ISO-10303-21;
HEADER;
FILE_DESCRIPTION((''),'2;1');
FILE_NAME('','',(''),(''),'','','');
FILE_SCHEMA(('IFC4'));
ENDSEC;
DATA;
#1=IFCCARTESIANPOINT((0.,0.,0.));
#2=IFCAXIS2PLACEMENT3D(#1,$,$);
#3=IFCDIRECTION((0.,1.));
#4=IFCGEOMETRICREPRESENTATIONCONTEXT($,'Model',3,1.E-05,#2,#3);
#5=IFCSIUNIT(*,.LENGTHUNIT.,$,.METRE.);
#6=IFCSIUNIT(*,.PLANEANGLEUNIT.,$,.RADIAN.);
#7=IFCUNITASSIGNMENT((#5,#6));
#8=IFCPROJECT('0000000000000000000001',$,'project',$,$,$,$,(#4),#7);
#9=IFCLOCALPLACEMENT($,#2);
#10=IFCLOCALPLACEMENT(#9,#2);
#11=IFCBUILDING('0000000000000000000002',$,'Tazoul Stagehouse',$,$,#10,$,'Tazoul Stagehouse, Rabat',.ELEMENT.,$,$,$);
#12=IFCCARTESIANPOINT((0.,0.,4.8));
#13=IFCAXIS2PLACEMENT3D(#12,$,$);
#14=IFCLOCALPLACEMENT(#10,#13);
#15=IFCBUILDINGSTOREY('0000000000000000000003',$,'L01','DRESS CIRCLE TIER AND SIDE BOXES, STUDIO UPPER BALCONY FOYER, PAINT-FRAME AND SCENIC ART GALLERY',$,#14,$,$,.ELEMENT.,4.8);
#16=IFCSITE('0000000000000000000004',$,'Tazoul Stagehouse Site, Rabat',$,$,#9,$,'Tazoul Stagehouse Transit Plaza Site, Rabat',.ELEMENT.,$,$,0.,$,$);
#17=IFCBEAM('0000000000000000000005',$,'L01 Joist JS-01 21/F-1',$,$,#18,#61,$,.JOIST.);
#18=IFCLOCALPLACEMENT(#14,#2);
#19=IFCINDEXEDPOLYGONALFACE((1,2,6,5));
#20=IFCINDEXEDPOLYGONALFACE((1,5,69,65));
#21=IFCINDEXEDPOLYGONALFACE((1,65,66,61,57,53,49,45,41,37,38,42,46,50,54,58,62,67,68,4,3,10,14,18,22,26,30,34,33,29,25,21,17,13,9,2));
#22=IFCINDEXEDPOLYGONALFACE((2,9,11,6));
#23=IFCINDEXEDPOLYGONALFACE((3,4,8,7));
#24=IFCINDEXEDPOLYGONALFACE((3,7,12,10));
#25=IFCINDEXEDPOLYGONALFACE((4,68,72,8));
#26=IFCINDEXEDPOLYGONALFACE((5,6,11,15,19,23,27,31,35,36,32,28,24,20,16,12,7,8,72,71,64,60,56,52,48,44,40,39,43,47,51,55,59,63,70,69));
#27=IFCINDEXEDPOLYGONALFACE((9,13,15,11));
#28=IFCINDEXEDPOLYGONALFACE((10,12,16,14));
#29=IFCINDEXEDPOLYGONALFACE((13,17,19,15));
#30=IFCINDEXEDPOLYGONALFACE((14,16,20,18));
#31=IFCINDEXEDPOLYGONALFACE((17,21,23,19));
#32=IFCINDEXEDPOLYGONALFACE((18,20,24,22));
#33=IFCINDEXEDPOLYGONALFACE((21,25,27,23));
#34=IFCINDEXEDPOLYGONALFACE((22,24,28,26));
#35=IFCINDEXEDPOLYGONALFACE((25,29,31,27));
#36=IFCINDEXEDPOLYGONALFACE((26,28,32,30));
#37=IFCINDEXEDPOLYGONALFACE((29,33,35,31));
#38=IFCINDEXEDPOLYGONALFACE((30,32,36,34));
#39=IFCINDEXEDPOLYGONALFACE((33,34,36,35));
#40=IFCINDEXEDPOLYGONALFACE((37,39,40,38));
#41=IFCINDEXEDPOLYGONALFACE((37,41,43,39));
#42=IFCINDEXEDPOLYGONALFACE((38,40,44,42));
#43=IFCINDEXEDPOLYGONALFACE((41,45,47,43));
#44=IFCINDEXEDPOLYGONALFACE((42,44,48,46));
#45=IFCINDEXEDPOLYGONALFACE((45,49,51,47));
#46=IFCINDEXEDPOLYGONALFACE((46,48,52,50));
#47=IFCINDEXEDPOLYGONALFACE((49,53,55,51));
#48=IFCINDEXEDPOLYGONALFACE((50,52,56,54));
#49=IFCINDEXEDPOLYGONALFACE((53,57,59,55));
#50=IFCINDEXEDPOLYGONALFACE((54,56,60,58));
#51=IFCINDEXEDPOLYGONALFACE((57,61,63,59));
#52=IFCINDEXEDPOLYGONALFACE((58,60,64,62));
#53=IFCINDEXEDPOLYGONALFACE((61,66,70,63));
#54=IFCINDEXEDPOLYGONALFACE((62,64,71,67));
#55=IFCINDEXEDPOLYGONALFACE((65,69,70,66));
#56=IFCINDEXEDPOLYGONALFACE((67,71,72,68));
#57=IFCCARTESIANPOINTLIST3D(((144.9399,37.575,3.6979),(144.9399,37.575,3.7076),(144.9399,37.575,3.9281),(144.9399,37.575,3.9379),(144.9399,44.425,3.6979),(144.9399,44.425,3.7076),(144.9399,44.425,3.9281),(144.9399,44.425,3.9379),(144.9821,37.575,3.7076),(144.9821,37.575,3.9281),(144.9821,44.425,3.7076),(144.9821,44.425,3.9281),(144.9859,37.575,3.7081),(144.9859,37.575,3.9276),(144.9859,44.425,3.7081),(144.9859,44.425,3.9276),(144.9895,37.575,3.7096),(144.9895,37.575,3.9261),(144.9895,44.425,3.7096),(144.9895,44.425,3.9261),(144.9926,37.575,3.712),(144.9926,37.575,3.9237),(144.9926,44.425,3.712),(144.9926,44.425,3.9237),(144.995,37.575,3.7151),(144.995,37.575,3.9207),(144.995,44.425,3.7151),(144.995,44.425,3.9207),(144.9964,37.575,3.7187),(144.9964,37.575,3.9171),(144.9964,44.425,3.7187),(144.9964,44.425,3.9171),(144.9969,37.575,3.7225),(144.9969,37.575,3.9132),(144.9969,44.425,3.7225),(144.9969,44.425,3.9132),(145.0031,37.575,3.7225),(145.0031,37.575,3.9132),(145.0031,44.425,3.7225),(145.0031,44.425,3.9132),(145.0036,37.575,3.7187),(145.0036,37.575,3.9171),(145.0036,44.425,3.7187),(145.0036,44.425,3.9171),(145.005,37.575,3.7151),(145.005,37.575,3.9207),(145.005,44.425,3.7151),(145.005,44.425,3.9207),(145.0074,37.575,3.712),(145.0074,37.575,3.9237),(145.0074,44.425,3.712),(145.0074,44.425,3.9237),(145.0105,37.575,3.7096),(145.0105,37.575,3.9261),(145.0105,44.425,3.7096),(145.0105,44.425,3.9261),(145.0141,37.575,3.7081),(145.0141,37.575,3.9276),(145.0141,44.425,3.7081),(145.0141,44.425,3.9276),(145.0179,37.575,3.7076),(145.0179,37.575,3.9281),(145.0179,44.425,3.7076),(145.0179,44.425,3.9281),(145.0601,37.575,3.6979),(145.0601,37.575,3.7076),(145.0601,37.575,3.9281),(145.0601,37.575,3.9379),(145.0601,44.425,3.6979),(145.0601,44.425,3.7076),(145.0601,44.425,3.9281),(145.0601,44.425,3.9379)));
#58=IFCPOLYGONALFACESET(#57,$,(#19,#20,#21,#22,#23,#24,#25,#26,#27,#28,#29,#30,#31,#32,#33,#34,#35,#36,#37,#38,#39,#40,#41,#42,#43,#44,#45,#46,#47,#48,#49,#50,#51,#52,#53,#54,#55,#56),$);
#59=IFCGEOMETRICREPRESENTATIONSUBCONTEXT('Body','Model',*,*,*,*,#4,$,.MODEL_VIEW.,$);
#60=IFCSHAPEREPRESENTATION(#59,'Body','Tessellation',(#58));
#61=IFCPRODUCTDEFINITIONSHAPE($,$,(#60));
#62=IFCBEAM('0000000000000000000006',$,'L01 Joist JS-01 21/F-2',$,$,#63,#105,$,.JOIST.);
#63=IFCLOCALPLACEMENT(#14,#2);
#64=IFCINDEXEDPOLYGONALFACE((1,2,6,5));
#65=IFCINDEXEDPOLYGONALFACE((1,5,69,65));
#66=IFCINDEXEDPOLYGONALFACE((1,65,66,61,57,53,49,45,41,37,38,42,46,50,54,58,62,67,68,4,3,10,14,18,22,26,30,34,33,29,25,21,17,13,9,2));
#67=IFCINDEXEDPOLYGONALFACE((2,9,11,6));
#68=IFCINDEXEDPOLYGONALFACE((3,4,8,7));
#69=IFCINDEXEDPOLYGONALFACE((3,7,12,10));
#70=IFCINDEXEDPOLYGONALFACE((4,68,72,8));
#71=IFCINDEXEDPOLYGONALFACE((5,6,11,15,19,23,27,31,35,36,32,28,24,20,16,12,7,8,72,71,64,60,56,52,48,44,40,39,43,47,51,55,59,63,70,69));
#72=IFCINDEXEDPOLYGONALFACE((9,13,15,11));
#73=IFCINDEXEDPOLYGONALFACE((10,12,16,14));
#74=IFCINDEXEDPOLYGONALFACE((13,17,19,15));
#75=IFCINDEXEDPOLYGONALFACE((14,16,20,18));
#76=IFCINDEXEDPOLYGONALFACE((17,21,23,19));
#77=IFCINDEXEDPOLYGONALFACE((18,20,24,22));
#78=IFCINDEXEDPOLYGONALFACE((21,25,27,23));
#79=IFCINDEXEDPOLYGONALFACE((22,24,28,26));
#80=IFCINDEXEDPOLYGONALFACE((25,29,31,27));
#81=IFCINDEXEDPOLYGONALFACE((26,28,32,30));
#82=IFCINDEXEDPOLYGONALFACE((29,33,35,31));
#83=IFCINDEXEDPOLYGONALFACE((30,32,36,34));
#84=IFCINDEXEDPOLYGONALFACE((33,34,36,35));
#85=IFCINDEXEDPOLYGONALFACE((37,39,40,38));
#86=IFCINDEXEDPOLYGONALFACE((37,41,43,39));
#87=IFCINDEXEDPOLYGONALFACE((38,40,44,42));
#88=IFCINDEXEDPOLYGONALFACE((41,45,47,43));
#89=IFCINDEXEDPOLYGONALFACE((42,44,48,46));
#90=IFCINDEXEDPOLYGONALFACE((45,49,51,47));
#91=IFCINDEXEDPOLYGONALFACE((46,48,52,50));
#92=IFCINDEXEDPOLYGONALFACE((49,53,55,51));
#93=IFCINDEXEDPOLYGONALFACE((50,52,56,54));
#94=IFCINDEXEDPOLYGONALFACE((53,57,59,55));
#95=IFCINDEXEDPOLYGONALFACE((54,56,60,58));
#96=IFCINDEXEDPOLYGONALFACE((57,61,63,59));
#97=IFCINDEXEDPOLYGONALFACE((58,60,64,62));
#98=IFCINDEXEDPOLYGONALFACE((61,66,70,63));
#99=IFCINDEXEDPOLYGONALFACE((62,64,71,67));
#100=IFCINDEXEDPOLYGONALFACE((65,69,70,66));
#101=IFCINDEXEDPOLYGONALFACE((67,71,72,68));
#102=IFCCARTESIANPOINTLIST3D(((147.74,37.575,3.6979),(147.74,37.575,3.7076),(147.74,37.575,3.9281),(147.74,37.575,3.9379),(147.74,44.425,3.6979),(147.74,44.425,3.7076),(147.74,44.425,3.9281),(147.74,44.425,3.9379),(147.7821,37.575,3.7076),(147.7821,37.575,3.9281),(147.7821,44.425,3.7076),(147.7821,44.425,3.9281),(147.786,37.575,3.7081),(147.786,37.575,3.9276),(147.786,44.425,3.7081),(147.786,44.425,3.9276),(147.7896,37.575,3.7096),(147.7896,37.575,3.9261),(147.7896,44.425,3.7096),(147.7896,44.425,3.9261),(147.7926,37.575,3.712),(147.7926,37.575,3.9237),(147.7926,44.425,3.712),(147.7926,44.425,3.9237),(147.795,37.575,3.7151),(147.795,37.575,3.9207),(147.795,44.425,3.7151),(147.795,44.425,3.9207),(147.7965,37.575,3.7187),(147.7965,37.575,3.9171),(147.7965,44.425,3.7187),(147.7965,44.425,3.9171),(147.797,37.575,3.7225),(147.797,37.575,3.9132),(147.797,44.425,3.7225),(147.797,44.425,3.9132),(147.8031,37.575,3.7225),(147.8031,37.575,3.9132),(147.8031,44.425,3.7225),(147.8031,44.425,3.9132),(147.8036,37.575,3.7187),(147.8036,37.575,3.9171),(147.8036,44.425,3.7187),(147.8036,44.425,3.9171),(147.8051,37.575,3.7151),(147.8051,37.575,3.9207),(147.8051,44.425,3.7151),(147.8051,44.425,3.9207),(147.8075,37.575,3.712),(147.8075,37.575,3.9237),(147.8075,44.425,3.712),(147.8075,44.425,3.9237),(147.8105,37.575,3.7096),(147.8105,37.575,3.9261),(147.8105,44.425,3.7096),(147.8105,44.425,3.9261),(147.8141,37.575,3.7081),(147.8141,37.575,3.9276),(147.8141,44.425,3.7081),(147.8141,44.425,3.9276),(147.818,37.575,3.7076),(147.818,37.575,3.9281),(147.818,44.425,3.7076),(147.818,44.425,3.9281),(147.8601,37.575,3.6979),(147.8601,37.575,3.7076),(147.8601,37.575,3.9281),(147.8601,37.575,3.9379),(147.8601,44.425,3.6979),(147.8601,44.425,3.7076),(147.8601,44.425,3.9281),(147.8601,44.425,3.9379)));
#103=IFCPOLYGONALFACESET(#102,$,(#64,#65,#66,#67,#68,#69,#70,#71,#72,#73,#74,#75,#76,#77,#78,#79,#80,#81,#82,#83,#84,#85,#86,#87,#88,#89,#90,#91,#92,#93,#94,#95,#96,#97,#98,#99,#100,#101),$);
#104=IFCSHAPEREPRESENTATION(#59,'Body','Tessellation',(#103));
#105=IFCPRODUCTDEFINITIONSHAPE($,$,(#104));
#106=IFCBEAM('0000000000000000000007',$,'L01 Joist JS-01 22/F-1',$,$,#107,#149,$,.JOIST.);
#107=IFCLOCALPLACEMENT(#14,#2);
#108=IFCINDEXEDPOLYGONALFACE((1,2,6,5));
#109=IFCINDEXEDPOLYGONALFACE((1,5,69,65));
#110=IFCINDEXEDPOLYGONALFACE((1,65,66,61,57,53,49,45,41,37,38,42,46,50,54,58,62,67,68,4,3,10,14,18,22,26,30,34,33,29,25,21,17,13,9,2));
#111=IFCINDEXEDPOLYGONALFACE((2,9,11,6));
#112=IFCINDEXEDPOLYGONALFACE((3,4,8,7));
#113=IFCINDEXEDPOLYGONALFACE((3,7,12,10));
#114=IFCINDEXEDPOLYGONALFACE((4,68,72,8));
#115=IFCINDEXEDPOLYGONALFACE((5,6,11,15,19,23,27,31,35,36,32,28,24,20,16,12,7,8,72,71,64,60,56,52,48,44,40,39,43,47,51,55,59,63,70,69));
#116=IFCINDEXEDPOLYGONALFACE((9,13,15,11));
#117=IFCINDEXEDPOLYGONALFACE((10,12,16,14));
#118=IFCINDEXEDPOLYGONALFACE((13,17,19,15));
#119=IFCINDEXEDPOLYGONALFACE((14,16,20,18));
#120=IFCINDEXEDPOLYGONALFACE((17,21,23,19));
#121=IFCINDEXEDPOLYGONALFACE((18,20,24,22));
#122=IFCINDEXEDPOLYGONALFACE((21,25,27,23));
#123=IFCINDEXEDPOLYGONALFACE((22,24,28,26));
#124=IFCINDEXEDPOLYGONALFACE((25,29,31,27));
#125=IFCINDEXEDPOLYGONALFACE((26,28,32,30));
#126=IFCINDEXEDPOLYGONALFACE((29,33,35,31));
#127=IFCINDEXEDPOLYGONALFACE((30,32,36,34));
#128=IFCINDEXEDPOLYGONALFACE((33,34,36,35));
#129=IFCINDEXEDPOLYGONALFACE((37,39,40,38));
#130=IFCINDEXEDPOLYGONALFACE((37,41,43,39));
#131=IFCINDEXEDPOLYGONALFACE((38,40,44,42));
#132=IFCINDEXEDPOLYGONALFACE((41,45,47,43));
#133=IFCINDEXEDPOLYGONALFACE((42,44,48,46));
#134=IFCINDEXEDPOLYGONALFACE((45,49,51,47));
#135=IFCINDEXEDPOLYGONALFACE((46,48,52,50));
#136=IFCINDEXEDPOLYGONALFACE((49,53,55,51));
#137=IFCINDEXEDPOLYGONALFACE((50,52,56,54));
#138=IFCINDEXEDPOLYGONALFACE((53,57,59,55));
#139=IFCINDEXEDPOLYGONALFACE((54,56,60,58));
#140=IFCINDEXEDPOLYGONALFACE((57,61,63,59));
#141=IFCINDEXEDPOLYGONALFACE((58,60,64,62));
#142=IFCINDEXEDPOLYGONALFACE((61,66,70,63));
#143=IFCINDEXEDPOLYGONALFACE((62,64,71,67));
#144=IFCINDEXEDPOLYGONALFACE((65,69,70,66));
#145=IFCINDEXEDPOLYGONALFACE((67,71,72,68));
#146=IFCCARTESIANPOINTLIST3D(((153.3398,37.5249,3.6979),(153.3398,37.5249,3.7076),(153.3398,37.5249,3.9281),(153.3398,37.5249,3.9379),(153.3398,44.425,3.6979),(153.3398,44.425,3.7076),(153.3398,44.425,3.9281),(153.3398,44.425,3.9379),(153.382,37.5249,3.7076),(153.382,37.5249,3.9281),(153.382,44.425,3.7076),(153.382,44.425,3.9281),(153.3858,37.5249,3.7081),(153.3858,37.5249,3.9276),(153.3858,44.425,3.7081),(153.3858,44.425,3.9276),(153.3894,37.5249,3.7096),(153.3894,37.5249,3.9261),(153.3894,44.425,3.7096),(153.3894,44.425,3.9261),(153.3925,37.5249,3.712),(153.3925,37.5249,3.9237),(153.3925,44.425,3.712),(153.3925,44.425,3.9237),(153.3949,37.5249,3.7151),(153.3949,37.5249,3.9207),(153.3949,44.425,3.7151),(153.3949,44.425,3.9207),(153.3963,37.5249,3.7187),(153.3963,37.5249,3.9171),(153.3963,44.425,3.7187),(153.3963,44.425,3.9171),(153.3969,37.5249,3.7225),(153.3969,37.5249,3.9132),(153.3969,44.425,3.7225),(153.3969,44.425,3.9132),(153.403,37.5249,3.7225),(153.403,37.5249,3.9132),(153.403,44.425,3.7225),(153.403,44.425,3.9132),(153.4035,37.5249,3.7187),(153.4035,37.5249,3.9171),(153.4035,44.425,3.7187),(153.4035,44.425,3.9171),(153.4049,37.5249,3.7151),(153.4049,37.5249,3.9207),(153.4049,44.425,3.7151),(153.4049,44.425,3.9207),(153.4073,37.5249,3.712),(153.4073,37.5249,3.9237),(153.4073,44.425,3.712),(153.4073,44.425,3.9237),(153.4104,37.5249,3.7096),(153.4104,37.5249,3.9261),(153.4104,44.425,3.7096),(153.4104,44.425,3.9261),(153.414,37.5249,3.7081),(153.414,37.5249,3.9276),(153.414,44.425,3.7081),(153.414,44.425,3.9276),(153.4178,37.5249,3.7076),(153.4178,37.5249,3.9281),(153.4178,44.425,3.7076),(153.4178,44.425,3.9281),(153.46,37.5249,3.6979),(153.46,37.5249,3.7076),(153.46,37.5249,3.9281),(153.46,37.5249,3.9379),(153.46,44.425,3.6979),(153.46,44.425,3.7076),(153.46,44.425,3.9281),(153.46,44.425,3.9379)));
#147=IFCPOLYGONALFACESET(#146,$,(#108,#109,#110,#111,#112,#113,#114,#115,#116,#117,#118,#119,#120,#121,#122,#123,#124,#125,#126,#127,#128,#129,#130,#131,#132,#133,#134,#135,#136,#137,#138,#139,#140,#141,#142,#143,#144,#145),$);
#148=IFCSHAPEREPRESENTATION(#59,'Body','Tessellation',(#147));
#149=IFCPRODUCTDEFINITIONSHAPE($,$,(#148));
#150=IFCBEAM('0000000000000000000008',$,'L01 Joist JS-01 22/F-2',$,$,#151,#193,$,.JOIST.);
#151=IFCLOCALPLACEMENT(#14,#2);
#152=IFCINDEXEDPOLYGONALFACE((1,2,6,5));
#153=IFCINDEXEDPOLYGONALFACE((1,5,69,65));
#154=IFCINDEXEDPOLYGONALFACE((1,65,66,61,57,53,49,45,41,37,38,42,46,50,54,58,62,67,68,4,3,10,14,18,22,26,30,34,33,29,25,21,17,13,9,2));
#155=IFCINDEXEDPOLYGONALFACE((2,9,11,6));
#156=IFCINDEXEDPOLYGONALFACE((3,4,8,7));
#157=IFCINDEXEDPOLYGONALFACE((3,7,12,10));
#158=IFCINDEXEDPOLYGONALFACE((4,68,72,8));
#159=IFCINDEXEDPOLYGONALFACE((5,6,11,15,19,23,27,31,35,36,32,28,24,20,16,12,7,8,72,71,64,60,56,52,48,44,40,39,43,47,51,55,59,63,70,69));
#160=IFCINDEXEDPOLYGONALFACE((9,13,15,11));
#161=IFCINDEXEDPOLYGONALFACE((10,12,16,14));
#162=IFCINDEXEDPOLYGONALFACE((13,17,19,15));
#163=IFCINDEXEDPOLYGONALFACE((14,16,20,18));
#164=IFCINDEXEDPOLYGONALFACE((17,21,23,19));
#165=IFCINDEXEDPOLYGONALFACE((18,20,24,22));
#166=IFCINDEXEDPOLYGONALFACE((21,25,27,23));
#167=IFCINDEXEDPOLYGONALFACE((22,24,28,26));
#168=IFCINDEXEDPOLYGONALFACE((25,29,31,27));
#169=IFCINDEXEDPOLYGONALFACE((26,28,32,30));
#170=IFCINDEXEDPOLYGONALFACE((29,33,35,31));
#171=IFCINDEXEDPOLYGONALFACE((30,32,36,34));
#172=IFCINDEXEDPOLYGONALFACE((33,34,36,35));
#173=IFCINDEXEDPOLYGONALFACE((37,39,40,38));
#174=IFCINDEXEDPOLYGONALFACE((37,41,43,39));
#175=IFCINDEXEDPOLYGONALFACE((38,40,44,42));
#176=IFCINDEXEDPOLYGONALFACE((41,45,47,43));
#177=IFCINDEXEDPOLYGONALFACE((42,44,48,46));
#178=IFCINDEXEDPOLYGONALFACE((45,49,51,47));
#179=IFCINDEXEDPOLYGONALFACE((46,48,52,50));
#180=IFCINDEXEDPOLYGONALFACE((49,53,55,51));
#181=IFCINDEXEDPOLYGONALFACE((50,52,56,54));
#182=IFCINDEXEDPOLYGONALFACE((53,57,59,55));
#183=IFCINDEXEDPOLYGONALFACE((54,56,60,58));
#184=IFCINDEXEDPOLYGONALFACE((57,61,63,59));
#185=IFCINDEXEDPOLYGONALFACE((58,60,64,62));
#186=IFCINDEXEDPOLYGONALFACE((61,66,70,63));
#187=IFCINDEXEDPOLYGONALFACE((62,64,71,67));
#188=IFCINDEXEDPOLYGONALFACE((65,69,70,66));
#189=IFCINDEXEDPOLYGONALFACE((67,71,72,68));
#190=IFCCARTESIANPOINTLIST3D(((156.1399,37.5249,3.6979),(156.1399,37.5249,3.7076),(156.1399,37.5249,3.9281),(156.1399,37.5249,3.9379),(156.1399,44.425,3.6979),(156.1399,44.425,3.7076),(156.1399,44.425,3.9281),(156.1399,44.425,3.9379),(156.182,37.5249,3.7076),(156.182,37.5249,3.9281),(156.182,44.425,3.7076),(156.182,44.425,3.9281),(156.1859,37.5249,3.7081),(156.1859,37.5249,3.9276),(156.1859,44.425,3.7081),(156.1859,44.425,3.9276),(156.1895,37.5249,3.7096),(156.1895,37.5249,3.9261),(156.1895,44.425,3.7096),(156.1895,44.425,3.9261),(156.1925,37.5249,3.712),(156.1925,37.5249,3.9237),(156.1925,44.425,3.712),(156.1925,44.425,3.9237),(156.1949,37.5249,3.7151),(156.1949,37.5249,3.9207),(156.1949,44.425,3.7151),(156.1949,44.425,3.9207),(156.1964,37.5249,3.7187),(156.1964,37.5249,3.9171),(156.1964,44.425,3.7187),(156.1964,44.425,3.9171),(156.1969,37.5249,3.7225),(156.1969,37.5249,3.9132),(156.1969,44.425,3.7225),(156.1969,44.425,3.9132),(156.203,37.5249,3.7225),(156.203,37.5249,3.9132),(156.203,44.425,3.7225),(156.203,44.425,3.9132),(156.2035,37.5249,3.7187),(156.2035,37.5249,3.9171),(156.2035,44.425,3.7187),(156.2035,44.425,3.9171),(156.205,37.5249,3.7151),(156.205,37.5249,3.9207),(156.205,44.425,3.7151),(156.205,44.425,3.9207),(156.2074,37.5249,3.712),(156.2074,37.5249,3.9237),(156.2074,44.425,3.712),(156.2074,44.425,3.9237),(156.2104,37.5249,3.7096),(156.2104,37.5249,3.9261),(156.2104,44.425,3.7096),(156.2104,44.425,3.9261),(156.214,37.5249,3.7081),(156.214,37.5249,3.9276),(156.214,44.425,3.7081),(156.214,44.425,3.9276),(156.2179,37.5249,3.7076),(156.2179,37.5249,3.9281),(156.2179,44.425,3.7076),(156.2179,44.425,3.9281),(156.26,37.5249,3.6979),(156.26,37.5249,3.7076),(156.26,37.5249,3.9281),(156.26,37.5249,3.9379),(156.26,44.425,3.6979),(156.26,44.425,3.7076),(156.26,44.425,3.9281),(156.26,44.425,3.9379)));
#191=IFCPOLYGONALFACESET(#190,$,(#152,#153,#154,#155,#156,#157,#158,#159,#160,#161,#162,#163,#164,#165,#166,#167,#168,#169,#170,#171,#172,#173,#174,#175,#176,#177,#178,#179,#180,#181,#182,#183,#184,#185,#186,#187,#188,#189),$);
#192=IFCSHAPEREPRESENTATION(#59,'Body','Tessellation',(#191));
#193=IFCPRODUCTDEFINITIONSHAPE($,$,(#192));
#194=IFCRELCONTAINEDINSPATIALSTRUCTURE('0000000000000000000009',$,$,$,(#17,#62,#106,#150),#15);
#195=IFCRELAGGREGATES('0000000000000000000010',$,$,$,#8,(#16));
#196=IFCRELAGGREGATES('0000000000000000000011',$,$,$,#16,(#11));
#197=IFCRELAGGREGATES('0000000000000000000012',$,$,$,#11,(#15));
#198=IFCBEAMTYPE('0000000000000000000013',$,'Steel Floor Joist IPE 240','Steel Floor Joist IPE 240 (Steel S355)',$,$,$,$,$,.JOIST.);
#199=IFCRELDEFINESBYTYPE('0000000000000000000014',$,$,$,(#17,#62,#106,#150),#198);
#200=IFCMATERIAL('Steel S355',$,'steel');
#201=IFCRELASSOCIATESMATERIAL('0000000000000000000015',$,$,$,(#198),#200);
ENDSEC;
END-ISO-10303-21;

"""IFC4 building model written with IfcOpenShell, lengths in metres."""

from ifc_helpers import new_model, si_unit, direction, frame, origin, origin_2d, place, context, subcontext, project, spatial, i_section, extrude, material, material_profile, profile_set, type_object, element, save


model = new_model("IFC4")

# Units and contexts
model_context = context("Model", 3, precision=1e-05, world=origin(), true_north=direction((0.0, 1.0)))
body_context = subcontext(model_context, "Body", "Model", "MODEL_VIEW")
ifc_project = project(units=[si_unit("LENGTHUNIT", "METRE"), si_unit("PLANEANGLEUNIT", "RADIAN")], contexts=[model_context])

# Site, building, storey
site_placement = place(None, origin())
site = spatial("IfcSite", under=ifc_project, at=site_placement, Name="Tazoul Stagehouse Site, Rabat", LongName="Tazoul Stagehouse Transit Plaza Site, Rabat", CompositionType="ELEMENT", RefElevation=0.0)
building_placement = place(site_placement, origin())
building = spatial("IfcBuilding", under=site, at=building_placement, Name="Tazoul Stagehouse", LongName="Tazoul Stagehouse, Rabat", CompositionType="ELEMENT")
storey_placement = place(building_placement, frame((0.0, 0.0, 4.8)))
storey = spatial("IfcBuildingStorey", under=building, at=storey_placement, Name="L01", Description="DRESS CIRCLE TIER AND SIDE BOXES, STUDIO UPPER BALCONY FOYER, PAINT-FRAME AND SCENIC ART GALLERY", CompositionType="ELEMENT", Elevation=4.8)

# Beams
ifc_material_1 = material(Name="Steel S355", Category="steel")
ifc_material_profile_1 = material_profile(ifc_material_1, i_section(OverallWidth=0.1201, OverallDepth=0.24, WebThickness=0.0061, FlangeThickness=0.0098, FilletRadius=0.0149, at=origin_2d()), Name="IPE 240")
ifc_profile_set_1 = profile_set([ifc_material_profile_1], Name="Steel S355")
beam_type_1 = type_object("IfcBeamType", Name="Steel Floor Joist IPE 240", Description="Steel Floor Joist IPE 240 (Steel S355)", PredefinedType="JOIST", material=ifc_profile_set_1)
for number, where, z_axis, x_axis, name in (
    (1, (145.0, 37.575, 3.8179), (0.0, 1.0, 0.0), (-1.0, 0.0, 0.0), "L01 Joist JS-01 21/F-1"),
    (2, (147.8, 37.575, 3.8179), (0.0, 1.0, 0.0), (-1.0, 0.0, 0.0), "L01 Joist JS-01 21/F-2"),
):
    element("IfcBeam", number, at=place(storey_placement, frame(where, z_axis=z_axis, x_axis=x_axis)), inside=storey, type_object=beam_type_1, Name=name, PredefinedType="JOIST", context=body_context, shape_type="SweptSolid", body=[
        extrude(i_section(OverallWidth=0.1201, OverallDepth=0.24, WebThickness=0.0061, FlangeThickness=0.0098, FilletRadius=0.0149, at=origin_2d()), origin(), (0.0, 0.0, 1.0), 6.8501),
    ])
for number, where, z_axis, x_axis, name in (
    (3, (153.3999, 37.5249, 3.8179), (0.0, 1.0, 0.0), (-1.0, 0.0, 0.0), "L01 Joist JS-01 22/F-1"),
    (4, (156.2, 37.5249, 3.8179), (0.0, 1.0, 0.0), (-1.0, 0.0, 0.0), "L01 Joist JS-01 22/F-2"),
):
    element("IfcBeam", number, at=place(storey_placement, frame(where, z_axis=z_axis, x_axis=x_axis)), inside=storey, type_object=beam_type_1, Name=name, PredefinedType="JOIST", context=body_context, shape_type="SweptSolid", body=[
        extrude(i_section(OverallWidth=0.1201, OverallDepth=0.24, WebThickness=0.0061, FlangeThickness=0.0098, FilletRadius=0.0149, at=origin_2d()), origin(), (0.0, 0.0, 1.0), 6.9001),
    ])

save(model, "model.ifc")
